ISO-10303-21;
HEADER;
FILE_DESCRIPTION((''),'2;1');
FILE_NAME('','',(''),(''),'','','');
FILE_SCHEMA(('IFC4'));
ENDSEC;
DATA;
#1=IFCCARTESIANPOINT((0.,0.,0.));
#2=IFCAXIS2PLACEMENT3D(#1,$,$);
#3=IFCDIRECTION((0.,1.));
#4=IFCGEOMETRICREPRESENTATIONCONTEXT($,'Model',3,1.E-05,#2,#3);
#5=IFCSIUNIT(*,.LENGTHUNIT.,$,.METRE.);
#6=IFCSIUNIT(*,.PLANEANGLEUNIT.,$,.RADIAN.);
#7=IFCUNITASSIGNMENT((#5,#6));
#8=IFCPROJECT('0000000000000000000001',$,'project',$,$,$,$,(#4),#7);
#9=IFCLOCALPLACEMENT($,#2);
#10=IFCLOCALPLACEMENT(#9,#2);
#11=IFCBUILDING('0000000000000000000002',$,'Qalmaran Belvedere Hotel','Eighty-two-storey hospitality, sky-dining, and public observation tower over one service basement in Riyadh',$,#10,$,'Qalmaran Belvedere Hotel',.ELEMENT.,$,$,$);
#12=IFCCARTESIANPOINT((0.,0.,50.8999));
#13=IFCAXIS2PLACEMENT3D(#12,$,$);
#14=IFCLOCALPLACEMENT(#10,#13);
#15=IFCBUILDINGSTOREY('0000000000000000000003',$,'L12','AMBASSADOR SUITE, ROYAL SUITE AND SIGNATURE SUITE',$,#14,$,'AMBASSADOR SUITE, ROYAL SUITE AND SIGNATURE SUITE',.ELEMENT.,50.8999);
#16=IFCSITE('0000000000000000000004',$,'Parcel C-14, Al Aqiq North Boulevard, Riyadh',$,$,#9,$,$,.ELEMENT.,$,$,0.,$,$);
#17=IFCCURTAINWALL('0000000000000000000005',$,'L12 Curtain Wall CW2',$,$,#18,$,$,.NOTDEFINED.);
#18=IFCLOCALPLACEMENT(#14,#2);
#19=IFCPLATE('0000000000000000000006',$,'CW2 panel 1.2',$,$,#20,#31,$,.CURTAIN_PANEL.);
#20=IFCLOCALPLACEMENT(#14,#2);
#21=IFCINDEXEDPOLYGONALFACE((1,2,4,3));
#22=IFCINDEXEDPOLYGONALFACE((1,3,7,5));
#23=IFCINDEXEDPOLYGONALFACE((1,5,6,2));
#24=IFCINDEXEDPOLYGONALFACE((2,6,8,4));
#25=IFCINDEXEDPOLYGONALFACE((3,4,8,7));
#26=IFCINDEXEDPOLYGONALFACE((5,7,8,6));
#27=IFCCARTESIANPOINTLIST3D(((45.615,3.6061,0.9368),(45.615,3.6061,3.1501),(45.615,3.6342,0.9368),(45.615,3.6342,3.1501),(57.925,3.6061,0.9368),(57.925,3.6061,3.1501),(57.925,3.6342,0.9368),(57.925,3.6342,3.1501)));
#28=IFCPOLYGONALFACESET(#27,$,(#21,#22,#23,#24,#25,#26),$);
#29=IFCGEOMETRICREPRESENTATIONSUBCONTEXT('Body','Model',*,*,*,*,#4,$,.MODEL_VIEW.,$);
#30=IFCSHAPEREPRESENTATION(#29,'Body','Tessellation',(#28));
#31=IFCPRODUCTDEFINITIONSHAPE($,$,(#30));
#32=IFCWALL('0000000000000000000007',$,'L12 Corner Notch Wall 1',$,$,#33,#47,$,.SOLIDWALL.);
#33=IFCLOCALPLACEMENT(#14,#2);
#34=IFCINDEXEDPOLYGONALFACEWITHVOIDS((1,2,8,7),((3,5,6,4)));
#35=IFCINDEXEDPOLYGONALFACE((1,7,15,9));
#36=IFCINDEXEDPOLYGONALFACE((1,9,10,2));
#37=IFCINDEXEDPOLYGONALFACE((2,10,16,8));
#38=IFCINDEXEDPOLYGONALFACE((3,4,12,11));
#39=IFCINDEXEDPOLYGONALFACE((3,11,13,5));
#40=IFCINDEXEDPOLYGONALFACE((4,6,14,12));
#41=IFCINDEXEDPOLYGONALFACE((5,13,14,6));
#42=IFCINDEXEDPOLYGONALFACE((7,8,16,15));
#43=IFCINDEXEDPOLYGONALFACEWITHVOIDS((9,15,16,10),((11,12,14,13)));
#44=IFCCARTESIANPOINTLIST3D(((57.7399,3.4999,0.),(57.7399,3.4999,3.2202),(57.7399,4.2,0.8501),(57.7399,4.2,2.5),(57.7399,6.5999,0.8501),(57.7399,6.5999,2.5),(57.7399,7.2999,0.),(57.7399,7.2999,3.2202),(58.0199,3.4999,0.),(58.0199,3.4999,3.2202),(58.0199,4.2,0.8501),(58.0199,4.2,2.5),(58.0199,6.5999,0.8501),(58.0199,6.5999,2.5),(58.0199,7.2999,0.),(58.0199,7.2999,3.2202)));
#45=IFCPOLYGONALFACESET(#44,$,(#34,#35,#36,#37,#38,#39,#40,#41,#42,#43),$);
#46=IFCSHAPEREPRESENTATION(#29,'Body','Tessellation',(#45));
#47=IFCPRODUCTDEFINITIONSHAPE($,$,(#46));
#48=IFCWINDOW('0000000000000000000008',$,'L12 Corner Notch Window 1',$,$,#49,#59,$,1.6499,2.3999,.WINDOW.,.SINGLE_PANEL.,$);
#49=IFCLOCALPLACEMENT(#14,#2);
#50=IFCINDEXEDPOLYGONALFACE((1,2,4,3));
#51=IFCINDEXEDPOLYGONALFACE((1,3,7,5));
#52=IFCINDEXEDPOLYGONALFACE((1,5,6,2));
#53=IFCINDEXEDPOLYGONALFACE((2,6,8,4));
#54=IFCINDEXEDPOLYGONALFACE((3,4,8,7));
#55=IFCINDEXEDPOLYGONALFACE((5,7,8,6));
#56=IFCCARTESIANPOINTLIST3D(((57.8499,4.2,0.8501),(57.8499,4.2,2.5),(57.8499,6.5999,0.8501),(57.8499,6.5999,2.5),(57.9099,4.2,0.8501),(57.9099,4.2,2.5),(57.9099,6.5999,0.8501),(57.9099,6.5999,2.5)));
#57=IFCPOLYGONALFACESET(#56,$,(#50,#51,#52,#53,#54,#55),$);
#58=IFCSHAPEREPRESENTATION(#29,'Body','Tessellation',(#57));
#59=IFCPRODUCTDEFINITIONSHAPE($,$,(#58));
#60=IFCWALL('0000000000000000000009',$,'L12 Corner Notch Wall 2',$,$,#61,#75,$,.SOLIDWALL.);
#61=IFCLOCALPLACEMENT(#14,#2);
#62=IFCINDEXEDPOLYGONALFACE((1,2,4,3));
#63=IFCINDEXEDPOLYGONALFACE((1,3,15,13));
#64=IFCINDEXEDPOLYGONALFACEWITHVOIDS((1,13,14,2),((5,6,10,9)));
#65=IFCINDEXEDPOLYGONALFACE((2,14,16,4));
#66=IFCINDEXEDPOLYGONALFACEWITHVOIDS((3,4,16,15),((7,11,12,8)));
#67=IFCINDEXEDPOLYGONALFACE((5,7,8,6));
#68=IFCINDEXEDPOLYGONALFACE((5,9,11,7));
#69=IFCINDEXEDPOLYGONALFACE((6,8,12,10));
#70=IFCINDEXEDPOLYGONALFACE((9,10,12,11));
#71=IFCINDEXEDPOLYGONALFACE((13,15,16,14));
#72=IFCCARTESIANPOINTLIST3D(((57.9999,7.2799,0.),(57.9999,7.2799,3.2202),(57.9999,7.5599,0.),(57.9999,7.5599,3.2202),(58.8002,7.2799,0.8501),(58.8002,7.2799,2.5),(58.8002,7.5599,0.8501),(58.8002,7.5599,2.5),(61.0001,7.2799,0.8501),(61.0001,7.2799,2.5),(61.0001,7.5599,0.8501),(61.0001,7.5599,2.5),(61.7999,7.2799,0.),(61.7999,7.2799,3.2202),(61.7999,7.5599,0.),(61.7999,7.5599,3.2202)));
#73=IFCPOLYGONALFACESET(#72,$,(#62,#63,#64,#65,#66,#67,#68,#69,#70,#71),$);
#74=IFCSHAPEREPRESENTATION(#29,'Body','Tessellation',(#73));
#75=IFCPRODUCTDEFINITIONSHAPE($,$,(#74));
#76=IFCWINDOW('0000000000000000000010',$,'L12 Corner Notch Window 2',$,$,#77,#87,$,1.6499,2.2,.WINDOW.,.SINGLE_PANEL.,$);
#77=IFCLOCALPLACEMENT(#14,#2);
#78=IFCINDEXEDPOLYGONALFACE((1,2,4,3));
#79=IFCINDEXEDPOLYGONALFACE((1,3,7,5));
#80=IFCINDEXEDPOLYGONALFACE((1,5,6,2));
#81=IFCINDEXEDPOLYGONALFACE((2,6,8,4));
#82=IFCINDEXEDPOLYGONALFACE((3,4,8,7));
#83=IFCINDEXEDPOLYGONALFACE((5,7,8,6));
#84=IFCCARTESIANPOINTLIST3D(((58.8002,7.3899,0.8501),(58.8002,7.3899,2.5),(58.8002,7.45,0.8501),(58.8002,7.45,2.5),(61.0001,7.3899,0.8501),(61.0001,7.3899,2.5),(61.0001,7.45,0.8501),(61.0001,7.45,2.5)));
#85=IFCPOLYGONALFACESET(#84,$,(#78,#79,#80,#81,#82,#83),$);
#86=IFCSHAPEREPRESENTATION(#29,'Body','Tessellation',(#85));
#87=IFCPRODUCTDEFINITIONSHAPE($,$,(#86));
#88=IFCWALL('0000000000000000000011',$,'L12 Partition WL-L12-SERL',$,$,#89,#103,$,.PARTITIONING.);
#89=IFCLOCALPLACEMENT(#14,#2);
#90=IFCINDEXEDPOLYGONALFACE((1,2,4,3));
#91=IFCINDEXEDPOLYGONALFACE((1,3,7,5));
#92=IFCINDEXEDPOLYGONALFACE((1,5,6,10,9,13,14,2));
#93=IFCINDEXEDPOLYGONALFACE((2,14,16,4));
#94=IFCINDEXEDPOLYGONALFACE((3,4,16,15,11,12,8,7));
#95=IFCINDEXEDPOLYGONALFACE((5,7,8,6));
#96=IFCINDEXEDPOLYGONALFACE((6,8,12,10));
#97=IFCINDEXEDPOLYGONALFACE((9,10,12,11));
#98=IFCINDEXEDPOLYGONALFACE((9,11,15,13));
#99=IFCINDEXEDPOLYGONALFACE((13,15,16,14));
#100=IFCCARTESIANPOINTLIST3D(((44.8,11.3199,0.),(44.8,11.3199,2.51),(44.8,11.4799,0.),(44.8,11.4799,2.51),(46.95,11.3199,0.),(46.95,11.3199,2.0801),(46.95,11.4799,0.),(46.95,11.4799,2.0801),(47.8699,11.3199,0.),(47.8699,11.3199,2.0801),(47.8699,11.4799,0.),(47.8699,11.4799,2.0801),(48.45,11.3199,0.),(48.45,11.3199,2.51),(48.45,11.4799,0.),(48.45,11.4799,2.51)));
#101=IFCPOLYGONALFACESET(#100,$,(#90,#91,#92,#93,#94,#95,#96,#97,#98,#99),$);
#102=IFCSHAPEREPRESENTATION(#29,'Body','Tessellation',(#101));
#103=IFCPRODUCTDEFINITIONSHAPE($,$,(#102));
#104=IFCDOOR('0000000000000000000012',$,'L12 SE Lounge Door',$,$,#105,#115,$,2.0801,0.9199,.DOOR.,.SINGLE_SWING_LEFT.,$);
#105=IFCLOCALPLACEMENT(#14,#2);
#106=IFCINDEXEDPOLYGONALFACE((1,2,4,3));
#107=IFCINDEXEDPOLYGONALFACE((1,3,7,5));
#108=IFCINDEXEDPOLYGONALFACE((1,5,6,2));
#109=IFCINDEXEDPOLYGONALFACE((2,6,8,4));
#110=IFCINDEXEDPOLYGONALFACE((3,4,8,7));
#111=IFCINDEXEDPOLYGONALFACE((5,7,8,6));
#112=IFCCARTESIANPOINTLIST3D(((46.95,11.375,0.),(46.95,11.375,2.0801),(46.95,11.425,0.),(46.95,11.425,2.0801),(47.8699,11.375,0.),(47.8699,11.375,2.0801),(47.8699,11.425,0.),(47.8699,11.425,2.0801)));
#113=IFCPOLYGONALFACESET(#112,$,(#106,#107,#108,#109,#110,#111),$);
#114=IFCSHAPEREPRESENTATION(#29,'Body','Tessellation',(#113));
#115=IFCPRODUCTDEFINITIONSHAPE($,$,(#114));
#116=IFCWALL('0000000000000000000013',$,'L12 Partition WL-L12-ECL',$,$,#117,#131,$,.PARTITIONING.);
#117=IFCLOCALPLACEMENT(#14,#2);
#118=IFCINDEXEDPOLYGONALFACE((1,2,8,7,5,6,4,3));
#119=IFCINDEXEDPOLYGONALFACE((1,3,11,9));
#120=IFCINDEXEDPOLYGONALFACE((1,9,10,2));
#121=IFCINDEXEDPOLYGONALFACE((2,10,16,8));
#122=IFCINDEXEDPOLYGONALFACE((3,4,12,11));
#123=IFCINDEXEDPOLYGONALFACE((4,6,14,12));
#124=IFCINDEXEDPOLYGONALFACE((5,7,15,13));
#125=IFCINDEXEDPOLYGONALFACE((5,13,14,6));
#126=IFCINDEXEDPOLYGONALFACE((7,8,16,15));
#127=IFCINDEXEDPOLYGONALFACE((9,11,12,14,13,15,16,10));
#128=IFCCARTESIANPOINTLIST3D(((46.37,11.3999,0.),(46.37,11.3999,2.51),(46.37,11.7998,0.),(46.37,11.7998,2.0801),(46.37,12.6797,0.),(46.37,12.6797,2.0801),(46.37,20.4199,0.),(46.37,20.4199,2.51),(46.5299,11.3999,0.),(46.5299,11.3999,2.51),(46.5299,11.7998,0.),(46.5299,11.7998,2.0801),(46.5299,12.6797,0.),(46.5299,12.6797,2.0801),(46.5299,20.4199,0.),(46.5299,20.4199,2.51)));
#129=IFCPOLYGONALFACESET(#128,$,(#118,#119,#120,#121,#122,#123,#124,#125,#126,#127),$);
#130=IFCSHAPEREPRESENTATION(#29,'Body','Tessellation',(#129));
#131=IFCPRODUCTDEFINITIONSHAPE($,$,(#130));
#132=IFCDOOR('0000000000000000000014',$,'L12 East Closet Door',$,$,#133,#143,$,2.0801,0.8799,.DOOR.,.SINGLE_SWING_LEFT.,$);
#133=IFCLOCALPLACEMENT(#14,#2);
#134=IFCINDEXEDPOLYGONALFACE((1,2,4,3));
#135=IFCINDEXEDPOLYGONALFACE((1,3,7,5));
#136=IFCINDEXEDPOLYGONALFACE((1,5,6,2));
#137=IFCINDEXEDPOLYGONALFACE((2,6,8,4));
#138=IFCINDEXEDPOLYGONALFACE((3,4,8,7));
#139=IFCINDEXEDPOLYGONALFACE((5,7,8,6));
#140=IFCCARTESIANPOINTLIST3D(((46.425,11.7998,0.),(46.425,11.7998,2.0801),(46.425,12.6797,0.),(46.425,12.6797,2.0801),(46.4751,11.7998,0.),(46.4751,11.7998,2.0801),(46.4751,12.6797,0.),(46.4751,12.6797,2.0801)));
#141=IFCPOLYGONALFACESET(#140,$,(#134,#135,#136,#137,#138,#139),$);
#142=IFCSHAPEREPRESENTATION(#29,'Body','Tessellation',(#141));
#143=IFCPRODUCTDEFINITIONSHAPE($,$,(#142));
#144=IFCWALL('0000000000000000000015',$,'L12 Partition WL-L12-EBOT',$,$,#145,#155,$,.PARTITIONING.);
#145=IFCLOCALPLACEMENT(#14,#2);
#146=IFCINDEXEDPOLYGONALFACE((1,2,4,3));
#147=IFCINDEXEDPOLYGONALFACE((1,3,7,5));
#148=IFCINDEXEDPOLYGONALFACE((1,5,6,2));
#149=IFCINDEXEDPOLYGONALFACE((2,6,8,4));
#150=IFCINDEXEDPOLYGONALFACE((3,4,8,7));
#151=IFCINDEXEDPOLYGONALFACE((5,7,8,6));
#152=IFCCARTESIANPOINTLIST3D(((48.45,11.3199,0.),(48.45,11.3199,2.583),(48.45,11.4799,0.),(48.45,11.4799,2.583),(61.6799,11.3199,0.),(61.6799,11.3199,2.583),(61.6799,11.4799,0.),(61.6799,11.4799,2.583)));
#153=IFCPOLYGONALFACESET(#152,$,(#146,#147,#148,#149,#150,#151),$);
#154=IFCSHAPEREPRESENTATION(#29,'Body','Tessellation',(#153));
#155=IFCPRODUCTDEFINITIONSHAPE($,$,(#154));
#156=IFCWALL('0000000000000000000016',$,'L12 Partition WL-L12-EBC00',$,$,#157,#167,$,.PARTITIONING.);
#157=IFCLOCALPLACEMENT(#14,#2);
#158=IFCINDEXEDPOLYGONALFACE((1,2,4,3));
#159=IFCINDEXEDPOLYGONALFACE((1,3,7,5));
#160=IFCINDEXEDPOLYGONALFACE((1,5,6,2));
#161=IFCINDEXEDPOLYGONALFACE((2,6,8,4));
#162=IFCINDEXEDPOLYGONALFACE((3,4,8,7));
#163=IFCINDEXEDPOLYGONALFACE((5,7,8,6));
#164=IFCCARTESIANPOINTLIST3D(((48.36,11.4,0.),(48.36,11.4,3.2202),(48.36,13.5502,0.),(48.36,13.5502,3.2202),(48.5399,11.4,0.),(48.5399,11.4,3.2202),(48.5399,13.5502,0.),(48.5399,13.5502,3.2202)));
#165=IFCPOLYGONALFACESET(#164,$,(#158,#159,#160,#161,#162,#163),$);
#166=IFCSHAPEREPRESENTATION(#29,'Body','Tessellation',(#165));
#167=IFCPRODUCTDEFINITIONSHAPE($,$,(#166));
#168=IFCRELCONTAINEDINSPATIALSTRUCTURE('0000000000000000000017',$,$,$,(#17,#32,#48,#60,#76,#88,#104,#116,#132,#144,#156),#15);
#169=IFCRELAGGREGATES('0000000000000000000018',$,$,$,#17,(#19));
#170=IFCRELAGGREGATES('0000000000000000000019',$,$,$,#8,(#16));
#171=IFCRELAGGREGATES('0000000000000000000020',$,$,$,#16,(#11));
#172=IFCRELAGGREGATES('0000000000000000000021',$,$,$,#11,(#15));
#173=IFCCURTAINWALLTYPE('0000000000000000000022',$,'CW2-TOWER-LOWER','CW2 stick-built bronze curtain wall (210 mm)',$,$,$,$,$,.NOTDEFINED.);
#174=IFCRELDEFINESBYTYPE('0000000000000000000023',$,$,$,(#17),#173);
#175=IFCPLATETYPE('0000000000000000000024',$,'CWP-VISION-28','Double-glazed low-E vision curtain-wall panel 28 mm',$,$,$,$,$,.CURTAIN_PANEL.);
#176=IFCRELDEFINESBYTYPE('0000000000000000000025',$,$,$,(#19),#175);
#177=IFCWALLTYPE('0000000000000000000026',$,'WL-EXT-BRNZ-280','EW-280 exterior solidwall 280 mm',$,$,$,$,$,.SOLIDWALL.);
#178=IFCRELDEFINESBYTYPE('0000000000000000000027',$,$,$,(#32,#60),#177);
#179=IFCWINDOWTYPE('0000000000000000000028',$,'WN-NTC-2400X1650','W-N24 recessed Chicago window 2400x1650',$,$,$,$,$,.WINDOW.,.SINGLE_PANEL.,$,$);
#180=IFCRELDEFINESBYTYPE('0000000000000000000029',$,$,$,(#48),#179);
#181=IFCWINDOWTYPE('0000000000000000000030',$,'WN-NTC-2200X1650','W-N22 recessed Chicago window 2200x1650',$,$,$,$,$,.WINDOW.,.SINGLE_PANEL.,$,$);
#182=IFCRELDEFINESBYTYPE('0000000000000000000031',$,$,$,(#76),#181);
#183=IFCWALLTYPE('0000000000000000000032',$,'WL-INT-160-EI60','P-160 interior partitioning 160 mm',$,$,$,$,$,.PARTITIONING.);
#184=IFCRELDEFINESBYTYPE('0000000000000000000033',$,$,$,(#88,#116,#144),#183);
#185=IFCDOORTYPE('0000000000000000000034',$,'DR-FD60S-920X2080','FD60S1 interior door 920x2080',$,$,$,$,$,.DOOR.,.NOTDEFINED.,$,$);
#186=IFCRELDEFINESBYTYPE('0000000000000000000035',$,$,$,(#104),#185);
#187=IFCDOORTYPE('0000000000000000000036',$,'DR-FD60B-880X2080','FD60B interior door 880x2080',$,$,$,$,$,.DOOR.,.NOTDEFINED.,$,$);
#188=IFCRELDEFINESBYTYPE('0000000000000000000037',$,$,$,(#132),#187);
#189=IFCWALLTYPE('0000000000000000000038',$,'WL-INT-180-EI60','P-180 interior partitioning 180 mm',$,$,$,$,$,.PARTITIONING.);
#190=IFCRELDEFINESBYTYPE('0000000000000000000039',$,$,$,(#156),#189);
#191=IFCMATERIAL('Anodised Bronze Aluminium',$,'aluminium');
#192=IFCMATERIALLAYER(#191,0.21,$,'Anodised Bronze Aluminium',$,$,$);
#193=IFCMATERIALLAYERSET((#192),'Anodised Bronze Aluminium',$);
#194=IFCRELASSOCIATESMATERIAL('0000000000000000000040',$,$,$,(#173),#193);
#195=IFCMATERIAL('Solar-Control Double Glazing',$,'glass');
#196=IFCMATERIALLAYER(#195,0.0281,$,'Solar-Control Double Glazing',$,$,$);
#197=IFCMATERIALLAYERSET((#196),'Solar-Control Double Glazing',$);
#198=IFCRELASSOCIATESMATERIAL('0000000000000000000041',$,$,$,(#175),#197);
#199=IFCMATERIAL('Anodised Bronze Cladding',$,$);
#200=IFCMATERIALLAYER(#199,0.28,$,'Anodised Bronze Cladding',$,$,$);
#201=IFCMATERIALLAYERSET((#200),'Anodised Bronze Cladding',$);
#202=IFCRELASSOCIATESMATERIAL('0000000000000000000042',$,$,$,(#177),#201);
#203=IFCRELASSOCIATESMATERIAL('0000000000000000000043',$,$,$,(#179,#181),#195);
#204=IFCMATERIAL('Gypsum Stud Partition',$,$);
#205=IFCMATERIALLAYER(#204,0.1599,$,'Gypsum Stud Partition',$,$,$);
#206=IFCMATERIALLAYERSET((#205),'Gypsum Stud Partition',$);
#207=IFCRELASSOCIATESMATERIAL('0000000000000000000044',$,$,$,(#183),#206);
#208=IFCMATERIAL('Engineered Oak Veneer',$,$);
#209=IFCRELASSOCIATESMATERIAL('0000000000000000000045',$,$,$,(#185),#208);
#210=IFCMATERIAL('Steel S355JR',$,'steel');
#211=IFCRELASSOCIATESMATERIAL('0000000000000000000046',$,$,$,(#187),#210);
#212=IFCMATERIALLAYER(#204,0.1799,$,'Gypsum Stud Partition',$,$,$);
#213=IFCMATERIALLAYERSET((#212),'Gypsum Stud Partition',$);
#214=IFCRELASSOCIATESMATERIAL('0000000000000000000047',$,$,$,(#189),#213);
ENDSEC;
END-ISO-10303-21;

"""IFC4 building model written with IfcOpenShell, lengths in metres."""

from ifc_helpers import new_model, si_unit, direction, frame, frame_2d, origin, origin_2d, place, context, subcontext, project, spatial, rectangle, extrude, material, layer, layer_set, type_object, element, fill, aggregate, save


model = new_model("IFC4")

# Units and contexts
model_context = context("Model", 3, precision=1e-05, world=origin(), true_north=direction((0.0, 1.0)))
body_context = subcontext(model_context, "Body", "Model", "MODEL_VIEW")
ifc_project = project(units=[si_unit("LENGTHUNIT", "METRE"), si_unit("PLANEANGLEUNIT", "RADIAN")], contexts=[model_context])

# Site, building, storey
site_placement = place(None, origin())
site = spatial("IfcSite", under=ifc_project, at=site_placement, Name="Parcel C-14, Al Aqiq North Boulevard, Riyadh", CompositionType="ELEMENT", RefElevation=0.0)
building_placement = place(site_placement, origin())
building = spatial("IfcBuilding", under=site, at=building_placement, Name="Qalmaran Belvedere Hotel", Description="Eighty-two-storey hospitality, sky-dining, and public observation tower over one service basement in Riyadh", LongName="Qalmaran Belvedere Hotel", CompositionType="ELEMENT")
storey_placement = place(building_placement, frame((0.0, 0.0, 50.8999)))
storey = spatial("IfcBuildingStorey", under=building, at=storey_placement, Name="L12", Description="AMBASSADOR SUITE, ROYAL SUITE AND SIGNATURE SUITE", LongName="AMBASSADOR SUITE, ROYAL SUITE AND SIGNATURE SUITE", CompositionType="ELEMENT", Elevation=50.8999)

# Shared definitions
ifc_material_1 = material(Name="Steel S355JR", Category="steel")

# Curtain wall
ifc_material_2 = material(Name="Anodised Bronze Aluminium", Category="aluminium")
ifc_layer_1 = layer(ifc_material_2, 0.21, Name="Anodised Bronze Aluminium")
ifc_layer_set_1 = layer_set([ifc_layer_1], Name="Anodised Bronze Aluminium")
curtain_wall_type = type_object("IfcCurtainWallType", Name="CW2-TOWER-LOWER", Description="CW2 stick-built bronze curtain wall (210 mm)", PredefinedType="NOTDEFINED", material=ifc_layer_set_1)
curtain_wall_1_placement = place(storey_placement, origin())
curtain_wall_1 = element("IfcCurtainWall", 1, at=curtain_wall_1_placement, inside=storey, type_object=curtain_wall_type, Name="L12 Curtain Wall CW2", PredefinedType="NOTDEFINED")

# Plate
ifc_material_3 = material(Name="Solar-Control Double Glazing", Category="glass")
ifc_layer_2 = layer(ifc_material_3, 0.0281, Name="Solar-Control Double Glazing")
ifc_layer_set_2 = layer_set([ifc_layer_2], Name="Solar-Control Double Glazing")
plate_type_1 = type_object("IfcPlateType", Name="CWP-VISION-28", Description="Double-glazed low-E vision curtain-wall panel 28 mm", PredefinedType="CURTAIN_PANEL", material=ifc_layer_set_2)
plate_1_placement = place(storey_placement, frame((51.77, 3.6201, 0.9368), z_axis=(0.0, 0.0, 1.0), x_axis=(1.0, 0.0, 0.0)))
plate_1 = element("IfcPlate", 2, at=plate_1_placement, type_object=plate_type_1, Name="CW2 panel 1.2", PredefinedType="CURTAIN_PANEL", context=body_context, shape_type="SweptSolid", body=[
    extrude(rectangle(XDim=12.3101, YDim=0.0281, at=origin_2d()), origin(), (0.0, 0.0, 1.0), 2.2134),
])
aggregate(curtain_wall_1, [plate_1])

# Walls, openings, windows
ifc_material_4 = material(Name="Anodised Bronze Cladding")
ifc_layer_3 = layer(ifc_material_4, 0.28, Name="Anodised Bronze Cladding")
ifc_layer_set_3 = layer_set([ifc_layer_3], Name="Anodised Bronze Cladding")
wall_type_1 = type_object("IfcWallType", Name="WL-EXT-BRNZ-280", Description="EW-280 exterior solidwall 280 mm", PredefinedType="SOLIDWALL", material=ifc_layer_set_3)
wall_1_placement = place(storey_placement, frame((57.8799, 3.5, 0.0), z_axis=(0.0, 0.0, 1.0), x_axis=(0.0, 1.0, 0.0)))
wall_1 = element("IfcWall", 3, at=wall_1_placement, inside=storey, type_object=wall_type_1, Name="L12 Corner Notch Wall 1", PredefinedType="SOLIDWALL", context=body_context, shape_type="SweptSolid", body=[
    extrude(rectangle(XDim=3.8, YDim=0.28, at=frame_2d((1.8999, 0.0))), origin(), (0.0, 0.0, 1.0), 3.2202),
])
opening_1_placement = place(wall_1_placement, frame((0.7, 0.0, 0.8501)))
opening_1 = element("IfcOpeningElement", 4, at=opening_1_placement, cuts=wall_1, PredefinedType="OPENING", context=body_context, shape_type="SweptSolid", body=[
    extrude(rectangle(XDim=2.3999, YDim=1.6499, at=frame_2d((1.2, 0.825))), frame((0.0, 0.1499, 0.0), z_axis=(0.0, -1.0, 0.0), x_axis=(1.0, 0.0, 0.0)), (0.0, 0.0, 1.0), 0.3),
])
window_type_1 = type_object("IfcWindowType", Name="WN-NTC-2400X1650", Description="W-N24 recessed Chicago window 2400x1650", PartitioningType="SINGLE_PANEL", PredefinedType="WINDOW", material=ifc_material_3)
window_1_placement = place(opening_1_placement, origin())
window_1 = element("IfcWindow", 5, at=window_1_placement, inside=storey, type_object=window_type_1, Name="L12 Corner Notch Window 1", OverallHeight=1.6499, OverallWidth=2.3999, PartitioningType="SINGLE_PANEL", PredefinedType="WINDOW", context=body_context, shape_type="SweptSolid", body=[
    extrude(rectangle(XDim=2.3999, YDim=1.6499, at=frame_2d((1.2, 0.825))), frame((0.0, 0.03, 0.0), z_axis=(0.0, -1.0, 0.0), x_axis=(1.0, 0.0, 0.0)), (0.0, 0.0, 1.0), 0.0601),
])
fill(opening_1, window_1)
wall_2_placement = place(storey_placement, frame((58.0, 7.4199, 0.0), z_axis=(0.0, 0.0, 1.0), x_axis=(1.0, 0.0, 0.0)))
wall_2 = element("IfcWall", 6, at=wall_2_placement, inside=storey, type_object=wall_type_1, Name="L12 Corner Notch Wall 2", PredefinedType="SOLIDWALL", context=body_context, shape_type="SweptSolid", body=[
    extrude(rectangle(XDim=3.8, YDim=0.28, at=frame_2d((1.8999, 0.0))), origin(), (0.0, 0.0, 1.0), 3.2202),
])
opening_2_placement = place(wall_2_placement, frame((0.8, 0.0, 0.8501)))
opening_2 = element("IfcOpeningElement", 7, at=opening_2_placement, cuts=wall_2, PredefinedType="OPENING", context=body_context, shape_type="SweptSolid", body=[
    extrude(rectangle(XDim=2.2, YDim=1.6499, at=frame_2d((1.1001, 0.825))), frame((0.0, 0.1499, 0.0), z_axis=(0.0, -1.0, 0.0), x_axis=(1.0, 0.0, 0.0)), (0.0, 0.0, 1.0), 0.3),
])
window_type_2 = type_object("IfcWindowType", Name="WN-NTC-2200X1650", Description="W-N22 recessed Chicago window 2200x1650", PartitioningType="SINGLE_PANEL", PredefinedType="WINDOW", material=ifc_material_3)
window_2_placement = place(opening_2_placement, origin())
window_2 = element("IfcWindow", 8, at=window_2_placement, inside=storey, type_object=window_type_2, Name="L12 Corner Notch Window 2", OverallHeight=1.6499, OverallWidth=2.2, PartitioningType="SINGLE_PANEL", PredefinedType="WINDOW", context=body_context, shape_type="SweptSolid", body=[
    extrude(rectangle(XDim=2.2, YDim=1.6499, at=frame_2d((1.1001, 0.825))), frame((0.0, 0.03, 0.0), z_axis=(0.0, -1.0, 0.0), x_axis=(1.0, 0.0, 0.0)), (0.0, 0.0, 1.0), 0.0601),
])
fill(opening_2, window_2)

# Walls, openings, doors
ifc_material_5 = material(Name="Gypsum Stud Partition")
ifc_layer_4 = layer(ifc_material_5, 0.1599, Name="Gypsum Stud Partition")
ifc_layer_set_4 = layer_set([ifc_layer_4], Name="Gypsum Stud Partition")
wall_type_2 = type_object("IfcWallType", Name="WL-INT-160-EI60", Description="P-160 interior partitioning 160 mm", PredefinedType="PARTITIONING", material=ifc_layer_set_4)
wall_3_placement = place(storey_placement, frame((44.8, 11.3999, 0.0), z_axis=(0.0, 0.0, 1.0), x_axis=(1.0, 0.0, 0.0)))
wall_3 = element("IfcWall", 9, at=wall_3_placement, inside=storey, type_object=wall_type_2, Name="L12 Partition WL-L12-SERL", PredefinedType="PARTITIONING", context=body_context, shape_type="SweptSolid", body=[
    extrude(rectangle(XDim=3.6499, YDim=0.1599, at=frame_2d((1.825, 0.0))), origin(), (0.0, 0.0, 1.0), 2.51),
])
opening_3_placement = place(wall_3_placement, frame((3.0698, 0.0, 0.0), z_axis=(0.0, 0.0, 1.0), x_axis=(-1.0, 0.0, 0.0)))
opening_3 = element("IfcOpeningElement", 10, at=opening_3_placement, cuts=wall_3, PredefinedType="OPENING", context=body_context, shape_type="SweptSolid", body=[
    extrude(rectangle(XDim=0.9199, YDim=2.0801, at=frame_2d((0.46, 1.04))), frame((0.0, 0.0898, 0.0), z_axis=(0.0, -1.0, 0.0), x_axis=(1.0, 0.0, 0.0)), (0.0, 0.0, 1.0), 0.1799),
])
ifc_material_6 = material(Name="Engineered Oak Veneer")
door_type_1 = type_object("IfcDoorType", Name="DR-FD60S-920X2080", Description="FD60S1 interior door 920x2080", OperationType="NOTDEFINED", PredefinedType="DOOR", material=ifc_material_6)
door_1_placement = place(opening_3_placement, origin())
door_1 = element("IfcDoor", 11, at=door_1_placement, inside=storey, type_object=door_type_1, Name="L12 SE Lounge Door", OperationType="SINGLE_SWING_LEFT", OverallHeight=2.0801, OverallWidth=0.9199, PredefinedType="DOOR", context=body_context, shape_type="SweptSolid", body=[
    extrude(rectangle(XDim=0.9199, YDim=2.0801, at=frame_2d((0.46, 1.04))), frame((0.0, 0.0249, 0.0), z_axis=(0.0, -1.0, 0.0), x_axis=(1.0, 0.0, 0.0)), (0.0, 0.0, 1.0), 0.05),
])
fill(opening_3, door_1)
wall_4_placement = place(storey_placement, frame((46.45, 11.3999, 0.0), z_axis=(0.0, 0.0, 1.0), x_axis=(0.0, 1.0, 0.0)))
wall_4 = element("IfcWall", 12, at=wall_4_placement, inside=storey, type_object=wall_type_2, Name="L12 Partition WL-L12-ECL", PredefinedType="PARTITIONING", context=body_context, shape_type="SweptSolid", body=[
    extrude(rectangle(XDim=9.02, YDim=0.1599, at=frame_2d((4.51, 0.0))), origin(), (0.0, 0.0, 1.0), 2.51),
])
opening_4_placement = place(wall_4_placement, frame((0.3999, 0.0, 0.0)))
opening_4 = element("IfcOpeningElement", 13, at=opening_4_placement, cuts=wall_4, PredefinedType="OPENING", context=body_context, shape_type="SweptSolid", body=[
    extrude(rectangle(XDim=0.8799, YDim=2.0801, at=frame_2d((0.4399, 1.04))), frame((0.0, 0.0898, 0.0), z_axis=(0.0, -1.0, 0.0), x_axis=(1.0, 0.0, 0.0)), (0.0, 0.0, 1.0), 0.1799),
])
door_type_2 = type_object("IfcDoorType", Name="DR-FD60B-880X2080", Description="FD60B interior door 880x2080", OperationType="NOTDEFINED", PredefinedType="DOOR", material=ifc_material_1)
door_2_placement = place(opening_4_placement, origin())
door_2 = element("IfcDoor", 14, at=door_2_placement, inside=storey, type_object=door_type_2, Name="L12 East Closet Door", OperationType="SINGLE_SWING_LEFT", OverallHeight=2.0801, OverallWidth=0.8799, PredefinedType="DOOR", context=body_context, shape_type="SweptSolid", body=[
    extrude(rectangle(XDim=0.8799, YDim=2.0801, at=frame_2d((0.4399, 1.04))), frame((0.0, 0.0249, 0.0), z_axis=(0.0, -1.0, 0.0), x_axis=(1.0, 0.0, 0.0)), (0.0, 0.0, 1.0), 0.05),
])
fill(opening_4, door_2)

# Walls
wall_5_placement = place(storey_placement, frame((48.45, 11.3999, 0.0), z_axis=(0.0, 0.0, 1.0), x_axis=(1.0, 0.0, 0.0)))
element("IfcWall", 15, at=wall_5_placement, inside=storey, type_object=wall_type_2, Name="L12 Partition WL-L12-EBOT", PredefinedType="PARTITIONING", context=body_context, shape_type="SweptSolid", body=[
    extrude(rectangle(XDim=13.23, YDim=0.1599, at=frame_2d((6.615, 0.0))), origin(), (0.0, 0.0, 1.0), 2.583),
])
ifc_layer_5 = layer(ifc_material_5, 0.1799, Name="Gypsum Stud Partition")
ifc_layer_set_5 = layer_set([ifc_layer_5], Name="Gypsum Stud Partition")
wall_type_3 = type_object("IfcWallType", Name="WL-INT-180-EI60", Description="P-180 interior partitioning 180 mm", PredefinedType="PARTITIONING", material=ifc_layer_set_5)
wall_6_placement = place(storey_placement, frame((48.45, 11.3999, 0.0), z_axis=(0.0, 0.0, 1.0), x_axis=(0.0, 1.0, 0.0)))
element("IfcWall", 16, at=wall_6_placement, inside=storey, type_object=wall_type_3, Name="L12 Partition WL-L12-EBC00", PredefinedType="PARTITIONING", context=body_context, shape_type="SweptSolid", body=[
    extrude(rectangle(XDim=2.1501, YDim=0.1799, at=frame_2d((1.0752, 0.0))), origin(), (0.0, 0.0, 1.0), 3.2202),
])

save(model, "model.ifc")
